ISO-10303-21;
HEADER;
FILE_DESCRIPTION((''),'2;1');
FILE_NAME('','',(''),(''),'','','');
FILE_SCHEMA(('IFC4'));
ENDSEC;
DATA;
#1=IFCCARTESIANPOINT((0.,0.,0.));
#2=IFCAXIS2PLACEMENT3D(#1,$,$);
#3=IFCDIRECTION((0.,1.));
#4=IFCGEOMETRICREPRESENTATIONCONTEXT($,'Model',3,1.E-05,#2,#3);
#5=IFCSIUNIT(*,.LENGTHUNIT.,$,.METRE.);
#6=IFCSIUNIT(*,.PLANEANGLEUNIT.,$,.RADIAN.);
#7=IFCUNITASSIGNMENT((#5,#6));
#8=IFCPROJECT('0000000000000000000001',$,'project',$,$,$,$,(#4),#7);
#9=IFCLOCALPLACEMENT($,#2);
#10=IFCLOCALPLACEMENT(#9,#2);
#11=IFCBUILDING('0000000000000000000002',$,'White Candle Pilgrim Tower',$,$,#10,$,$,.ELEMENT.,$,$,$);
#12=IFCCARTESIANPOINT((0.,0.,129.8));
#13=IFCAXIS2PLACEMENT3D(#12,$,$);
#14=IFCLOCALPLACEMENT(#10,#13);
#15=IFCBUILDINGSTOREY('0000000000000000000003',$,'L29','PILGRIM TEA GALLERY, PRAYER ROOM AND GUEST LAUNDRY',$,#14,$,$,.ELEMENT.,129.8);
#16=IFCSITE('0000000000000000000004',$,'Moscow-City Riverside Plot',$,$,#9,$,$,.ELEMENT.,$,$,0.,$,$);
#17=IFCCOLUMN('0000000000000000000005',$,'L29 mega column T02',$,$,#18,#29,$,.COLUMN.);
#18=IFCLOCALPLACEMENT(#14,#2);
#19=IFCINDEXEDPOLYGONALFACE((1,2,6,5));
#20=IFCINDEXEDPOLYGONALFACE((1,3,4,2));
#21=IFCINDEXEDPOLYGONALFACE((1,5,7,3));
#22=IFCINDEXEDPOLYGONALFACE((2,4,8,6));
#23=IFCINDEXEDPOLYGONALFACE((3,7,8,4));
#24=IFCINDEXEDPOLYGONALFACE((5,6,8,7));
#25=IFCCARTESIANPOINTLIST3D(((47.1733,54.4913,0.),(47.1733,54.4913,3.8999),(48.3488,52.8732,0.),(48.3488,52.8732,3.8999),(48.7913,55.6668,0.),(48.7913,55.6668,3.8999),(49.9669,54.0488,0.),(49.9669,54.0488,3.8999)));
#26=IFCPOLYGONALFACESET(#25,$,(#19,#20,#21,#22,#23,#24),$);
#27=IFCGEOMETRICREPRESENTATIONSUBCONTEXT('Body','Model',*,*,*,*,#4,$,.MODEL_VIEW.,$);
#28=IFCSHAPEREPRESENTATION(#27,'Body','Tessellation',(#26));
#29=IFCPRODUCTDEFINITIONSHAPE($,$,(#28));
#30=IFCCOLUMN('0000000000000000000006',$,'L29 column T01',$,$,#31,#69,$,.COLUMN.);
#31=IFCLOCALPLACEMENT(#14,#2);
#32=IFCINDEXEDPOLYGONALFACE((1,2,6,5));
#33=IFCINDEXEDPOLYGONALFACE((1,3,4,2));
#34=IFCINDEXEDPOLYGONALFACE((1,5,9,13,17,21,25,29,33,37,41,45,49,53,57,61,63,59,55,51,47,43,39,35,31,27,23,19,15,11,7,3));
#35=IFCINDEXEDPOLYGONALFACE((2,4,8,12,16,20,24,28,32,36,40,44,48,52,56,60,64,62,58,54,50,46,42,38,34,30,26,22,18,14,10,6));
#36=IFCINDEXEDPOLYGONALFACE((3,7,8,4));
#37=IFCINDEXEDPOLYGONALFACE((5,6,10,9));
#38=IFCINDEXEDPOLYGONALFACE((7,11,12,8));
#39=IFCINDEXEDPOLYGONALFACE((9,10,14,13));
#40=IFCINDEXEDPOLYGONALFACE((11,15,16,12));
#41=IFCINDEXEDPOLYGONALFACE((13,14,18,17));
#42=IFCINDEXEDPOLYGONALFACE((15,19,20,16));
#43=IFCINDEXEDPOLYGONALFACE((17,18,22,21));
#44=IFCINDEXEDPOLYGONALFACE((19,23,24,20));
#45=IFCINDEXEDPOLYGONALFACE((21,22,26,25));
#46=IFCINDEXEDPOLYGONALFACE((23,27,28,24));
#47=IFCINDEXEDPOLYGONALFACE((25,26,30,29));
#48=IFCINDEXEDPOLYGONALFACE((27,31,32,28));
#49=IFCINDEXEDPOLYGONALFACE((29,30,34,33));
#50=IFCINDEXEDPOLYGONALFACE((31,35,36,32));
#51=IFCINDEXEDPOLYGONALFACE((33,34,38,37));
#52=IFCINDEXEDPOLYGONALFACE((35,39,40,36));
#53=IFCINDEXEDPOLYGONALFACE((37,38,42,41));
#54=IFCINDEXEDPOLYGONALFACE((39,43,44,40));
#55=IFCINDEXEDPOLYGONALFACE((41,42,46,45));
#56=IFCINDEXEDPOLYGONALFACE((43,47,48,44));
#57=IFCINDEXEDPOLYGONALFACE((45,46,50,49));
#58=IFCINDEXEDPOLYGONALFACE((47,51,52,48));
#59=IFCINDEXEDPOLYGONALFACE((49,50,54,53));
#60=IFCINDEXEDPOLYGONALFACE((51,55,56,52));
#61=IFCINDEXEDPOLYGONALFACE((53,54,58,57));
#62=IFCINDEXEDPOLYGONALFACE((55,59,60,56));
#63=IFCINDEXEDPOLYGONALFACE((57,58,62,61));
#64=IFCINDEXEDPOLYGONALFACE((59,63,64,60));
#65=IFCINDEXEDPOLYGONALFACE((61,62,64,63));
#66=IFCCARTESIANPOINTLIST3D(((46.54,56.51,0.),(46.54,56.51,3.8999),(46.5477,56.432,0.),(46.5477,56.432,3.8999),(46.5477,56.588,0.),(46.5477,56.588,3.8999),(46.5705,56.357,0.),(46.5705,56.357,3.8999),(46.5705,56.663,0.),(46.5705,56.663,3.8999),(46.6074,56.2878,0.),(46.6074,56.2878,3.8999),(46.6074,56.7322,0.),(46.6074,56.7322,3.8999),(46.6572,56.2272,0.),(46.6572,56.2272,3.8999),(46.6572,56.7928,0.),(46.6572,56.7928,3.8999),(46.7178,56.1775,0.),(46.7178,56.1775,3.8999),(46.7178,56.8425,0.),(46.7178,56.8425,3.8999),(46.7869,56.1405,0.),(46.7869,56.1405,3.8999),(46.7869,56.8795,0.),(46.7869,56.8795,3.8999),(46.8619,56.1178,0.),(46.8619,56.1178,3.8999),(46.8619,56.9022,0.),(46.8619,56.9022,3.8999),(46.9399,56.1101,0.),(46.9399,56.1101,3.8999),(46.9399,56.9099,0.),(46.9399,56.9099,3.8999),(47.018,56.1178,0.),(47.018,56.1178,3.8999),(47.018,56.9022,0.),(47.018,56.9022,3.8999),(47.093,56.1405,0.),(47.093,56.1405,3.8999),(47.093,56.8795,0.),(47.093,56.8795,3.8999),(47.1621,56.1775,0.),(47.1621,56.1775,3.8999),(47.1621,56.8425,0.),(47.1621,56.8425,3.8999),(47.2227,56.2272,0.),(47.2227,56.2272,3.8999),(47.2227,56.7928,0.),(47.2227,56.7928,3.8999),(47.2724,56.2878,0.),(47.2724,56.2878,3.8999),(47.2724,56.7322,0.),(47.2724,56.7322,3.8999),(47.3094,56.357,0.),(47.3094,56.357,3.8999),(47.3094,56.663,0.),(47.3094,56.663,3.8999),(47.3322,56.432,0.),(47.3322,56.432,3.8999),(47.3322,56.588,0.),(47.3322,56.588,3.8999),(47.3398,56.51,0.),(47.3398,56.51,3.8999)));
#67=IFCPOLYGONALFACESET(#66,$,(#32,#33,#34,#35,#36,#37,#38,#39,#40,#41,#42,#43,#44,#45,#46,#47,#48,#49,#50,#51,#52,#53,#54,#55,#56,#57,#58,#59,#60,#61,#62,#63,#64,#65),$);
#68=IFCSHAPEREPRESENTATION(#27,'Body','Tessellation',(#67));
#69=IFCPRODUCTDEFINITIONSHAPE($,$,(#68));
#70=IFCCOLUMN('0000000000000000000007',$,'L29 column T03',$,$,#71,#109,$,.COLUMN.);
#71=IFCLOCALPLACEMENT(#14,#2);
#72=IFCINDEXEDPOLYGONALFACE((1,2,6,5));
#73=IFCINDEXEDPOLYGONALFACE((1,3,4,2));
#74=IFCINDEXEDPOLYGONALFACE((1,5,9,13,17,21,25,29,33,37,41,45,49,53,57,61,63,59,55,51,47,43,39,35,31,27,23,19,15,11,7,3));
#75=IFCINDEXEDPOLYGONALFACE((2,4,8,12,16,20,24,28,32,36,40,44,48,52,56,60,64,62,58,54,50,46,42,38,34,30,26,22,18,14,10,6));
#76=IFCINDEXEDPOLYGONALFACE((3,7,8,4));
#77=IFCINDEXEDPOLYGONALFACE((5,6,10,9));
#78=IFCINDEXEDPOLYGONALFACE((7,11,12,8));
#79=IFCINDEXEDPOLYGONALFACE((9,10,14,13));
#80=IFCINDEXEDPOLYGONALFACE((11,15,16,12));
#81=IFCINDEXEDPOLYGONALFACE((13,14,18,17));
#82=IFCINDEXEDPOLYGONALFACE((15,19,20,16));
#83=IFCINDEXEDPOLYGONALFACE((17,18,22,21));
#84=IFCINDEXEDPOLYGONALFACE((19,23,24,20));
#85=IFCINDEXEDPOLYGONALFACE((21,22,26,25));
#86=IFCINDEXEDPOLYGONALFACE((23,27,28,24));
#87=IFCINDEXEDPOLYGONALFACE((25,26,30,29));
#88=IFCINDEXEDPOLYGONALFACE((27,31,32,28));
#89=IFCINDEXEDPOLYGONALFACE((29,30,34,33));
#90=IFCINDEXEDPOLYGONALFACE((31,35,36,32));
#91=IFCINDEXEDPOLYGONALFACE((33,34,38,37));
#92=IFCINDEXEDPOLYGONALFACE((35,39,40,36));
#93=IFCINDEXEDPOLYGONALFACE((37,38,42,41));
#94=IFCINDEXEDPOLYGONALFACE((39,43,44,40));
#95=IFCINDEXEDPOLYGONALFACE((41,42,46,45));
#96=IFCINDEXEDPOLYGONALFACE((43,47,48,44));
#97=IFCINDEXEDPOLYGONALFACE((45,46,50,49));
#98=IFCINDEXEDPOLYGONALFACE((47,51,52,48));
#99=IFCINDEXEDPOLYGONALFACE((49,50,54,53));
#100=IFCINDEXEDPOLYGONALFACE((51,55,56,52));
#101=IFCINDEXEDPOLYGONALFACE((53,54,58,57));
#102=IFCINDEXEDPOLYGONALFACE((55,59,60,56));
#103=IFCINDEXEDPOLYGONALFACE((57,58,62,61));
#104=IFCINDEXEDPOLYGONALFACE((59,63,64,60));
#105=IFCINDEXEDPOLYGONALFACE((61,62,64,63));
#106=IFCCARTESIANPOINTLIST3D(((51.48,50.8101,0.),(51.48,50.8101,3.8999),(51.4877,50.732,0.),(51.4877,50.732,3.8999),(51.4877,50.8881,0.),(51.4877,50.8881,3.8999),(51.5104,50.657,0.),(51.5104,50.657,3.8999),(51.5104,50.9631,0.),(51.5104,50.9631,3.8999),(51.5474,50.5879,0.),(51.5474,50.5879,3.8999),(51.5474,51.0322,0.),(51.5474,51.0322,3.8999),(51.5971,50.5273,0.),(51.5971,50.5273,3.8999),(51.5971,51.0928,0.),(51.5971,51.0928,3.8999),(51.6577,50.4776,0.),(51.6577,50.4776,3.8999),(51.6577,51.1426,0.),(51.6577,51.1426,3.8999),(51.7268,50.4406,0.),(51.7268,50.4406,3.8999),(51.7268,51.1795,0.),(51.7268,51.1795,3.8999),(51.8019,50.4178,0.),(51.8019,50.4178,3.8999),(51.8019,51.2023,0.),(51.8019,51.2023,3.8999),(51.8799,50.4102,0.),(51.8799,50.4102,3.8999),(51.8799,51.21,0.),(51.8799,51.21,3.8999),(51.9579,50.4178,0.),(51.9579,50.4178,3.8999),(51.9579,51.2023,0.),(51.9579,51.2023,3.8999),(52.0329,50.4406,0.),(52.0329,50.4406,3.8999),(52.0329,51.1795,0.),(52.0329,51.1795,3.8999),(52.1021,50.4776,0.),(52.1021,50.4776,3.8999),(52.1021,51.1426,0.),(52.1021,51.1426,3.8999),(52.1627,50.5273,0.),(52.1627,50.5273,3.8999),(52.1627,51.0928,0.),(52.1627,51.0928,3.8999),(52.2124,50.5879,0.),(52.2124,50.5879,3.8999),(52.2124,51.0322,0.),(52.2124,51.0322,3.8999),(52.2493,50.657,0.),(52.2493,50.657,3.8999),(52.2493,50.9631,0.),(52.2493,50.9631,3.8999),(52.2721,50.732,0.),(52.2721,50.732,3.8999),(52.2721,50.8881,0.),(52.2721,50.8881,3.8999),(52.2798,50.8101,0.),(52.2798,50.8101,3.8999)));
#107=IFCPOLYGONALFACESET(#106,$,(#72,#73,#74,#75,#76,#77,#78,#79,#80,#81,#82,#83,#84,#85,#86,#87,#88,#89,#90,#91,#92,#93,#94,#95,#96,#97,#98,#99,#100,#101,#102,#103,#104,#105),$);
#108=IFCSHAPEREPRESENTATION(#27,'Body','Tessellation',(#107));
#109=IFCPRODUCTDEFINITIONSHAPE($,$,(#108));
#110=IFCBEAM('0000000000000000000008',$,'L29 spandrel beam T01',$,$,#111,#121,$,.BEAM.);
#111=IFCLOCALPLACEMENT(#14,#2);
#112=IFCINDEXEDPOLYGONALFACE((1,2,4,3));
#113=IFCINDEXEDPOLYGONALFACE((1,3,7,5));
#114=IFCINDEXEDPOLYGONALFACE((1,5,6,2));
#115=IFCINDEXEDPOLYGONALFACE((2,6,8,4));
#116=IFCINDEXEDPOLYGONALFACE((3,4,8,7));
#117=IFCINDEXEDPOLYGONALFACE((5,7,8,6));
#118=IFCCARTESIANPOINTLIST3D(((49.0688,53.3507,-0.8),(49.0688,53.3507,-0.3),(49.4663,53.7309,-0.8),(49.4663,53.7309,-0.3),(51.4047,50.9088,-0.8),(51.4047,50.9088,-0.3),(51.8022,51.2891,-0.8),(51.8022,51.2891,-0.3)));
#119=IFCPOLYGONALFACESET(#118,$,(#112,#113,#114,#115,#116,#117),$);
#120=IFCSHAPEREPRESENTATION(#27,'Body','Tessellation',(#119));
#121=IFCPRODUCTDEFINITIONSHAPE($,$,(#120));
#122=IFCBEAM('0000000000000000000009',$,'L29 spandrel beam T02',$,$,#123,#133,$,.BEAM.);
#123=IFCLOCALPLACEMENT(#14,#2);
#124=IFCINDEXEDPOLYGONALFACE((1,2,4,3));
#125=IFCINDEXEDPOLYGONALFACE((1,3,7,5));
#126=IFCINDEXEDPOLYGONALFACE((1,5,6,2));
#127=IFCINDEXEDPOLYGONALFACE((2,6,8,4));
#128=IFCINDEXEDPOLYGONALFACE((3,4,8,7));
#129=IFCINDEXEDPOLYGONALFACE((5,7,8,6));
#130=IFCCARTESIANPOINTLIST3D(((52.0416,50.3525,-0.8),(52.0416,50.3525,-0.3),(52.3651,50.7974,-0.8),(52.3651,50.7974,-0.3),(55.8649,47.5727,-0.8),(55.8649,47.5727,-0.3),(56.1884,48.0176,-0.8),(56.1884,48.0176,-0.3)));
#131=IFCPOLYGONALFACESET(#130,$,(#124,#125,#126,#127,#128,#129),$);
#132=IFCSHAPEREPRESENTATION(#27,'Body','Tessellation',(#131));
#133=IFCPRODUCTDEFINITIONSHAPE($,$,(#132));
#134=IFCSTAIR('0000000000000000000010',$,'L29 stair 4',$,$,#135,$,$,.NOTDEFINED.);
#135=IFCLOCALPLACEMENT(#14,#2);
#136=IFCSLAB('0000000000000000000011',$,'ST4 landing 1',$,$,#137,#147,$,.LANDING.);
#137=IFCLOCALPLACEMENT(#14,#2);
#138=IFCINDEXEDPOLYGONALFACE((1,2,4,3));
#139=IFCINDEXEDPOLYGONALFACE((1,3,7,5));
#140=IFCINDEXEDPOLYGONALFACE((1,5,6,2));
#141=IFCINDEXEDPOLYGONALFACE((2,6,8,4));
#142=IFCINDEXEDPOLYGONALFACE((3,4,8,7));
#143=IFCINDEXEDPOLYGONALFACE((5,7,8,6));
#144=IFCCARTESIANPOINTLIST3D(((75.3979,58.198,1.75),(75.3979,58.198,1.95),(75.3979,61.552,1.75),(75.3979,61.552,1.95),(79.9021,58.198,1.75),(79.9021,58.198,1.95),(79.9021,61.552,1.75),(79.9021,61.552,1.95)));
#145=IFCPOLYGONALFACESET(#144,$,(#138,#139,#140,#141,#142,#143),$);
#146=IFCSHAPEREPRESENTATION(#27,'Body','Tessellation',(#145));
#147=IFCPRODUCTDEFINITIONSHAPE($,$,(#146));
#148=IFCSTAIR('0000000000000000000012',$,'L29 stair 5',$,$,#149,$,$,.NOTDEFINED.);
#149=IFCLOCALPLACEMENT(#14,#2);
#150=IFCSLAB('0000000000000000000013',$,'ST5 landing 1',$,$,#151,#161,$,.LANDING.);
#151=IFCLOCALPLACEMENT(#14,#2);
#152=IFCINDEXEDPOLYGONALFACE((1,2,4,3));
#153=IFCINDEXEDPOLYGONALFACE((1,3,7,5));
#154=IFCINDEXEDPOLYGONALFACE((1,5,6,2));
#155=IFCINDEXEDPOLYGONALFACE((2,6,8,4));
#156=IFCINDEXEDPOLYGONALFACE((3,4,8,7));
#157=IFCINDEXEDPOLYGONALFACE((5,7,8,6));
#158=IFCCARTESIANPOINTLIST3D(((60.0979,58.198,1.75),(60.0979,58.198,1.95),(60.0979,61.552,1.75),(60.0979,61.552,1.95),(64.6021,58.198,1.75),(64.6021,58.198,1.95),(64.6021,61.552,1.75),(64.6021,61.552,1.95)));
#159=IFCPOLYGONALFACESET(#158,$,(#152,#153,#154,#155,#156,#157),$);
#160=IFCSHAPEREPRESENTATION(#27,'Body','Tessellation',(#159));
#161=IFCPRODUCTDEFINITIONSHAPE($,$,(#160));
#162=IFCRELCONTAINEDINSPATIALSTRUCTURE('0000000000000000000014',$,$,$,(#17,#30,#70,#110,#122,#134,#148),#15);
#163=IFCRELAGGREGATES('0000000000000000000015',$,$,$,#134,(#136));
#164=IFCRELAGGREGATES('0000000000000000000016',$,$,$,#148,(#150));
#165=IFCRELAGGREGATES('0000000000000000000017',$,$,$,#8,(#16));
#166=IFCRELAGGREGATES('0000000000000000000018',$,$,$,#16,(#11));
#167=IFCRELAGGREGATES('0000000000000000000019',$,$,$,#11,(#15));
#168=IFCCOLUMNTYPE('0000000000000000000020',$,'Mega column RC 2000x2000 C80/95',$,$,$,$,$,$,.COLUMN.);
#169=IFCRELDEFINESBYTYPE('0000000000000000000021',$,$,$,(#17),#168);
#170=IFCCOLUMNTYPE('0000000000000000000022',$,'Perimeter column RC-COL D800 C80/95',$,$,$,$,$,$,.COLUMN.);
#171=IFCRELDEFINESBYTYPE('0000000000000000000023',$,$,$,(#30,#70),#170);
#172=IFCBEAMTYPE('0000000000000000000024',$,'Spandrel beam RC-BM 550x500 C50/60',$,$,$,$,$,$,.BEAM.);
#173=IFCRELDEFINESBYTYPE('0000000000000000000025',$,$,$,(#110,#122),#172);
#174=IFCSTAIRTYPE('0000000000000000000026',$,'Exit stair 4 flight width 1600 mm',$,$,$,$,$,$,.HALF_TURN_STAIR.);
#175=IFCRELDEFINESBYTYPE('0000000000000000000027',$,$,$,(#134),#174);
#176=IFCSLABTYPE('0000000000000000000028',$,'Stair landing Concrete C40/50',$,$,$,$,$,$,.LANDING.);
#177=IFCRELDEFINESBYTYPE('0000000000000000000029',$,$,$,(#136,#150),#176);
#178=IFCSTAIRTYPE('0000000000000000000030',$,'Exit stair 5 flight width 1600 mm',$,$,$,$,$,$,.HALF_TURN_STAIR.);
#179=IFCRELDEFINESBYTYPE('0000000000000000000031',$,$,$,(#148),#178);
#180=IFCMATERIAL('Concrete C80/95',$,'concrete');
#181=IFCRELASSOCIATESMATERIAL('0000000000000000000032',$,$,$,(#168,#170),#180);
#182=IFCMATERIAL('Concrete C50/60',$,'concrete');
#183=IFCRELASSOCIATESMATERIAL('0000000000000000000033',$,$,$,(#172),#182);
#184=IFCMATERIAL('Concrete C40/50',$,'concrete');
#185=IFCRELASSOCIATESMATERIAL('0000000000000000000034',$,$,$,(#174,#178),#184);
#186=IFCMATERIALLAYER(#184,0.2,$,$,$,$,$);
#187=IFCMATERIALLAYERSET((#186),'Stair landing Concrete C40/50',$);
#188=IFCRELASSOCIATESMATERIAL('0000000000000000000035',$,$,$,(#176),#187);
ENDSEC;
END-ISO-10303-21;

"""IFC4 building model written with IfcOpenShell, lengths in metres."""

from ifc_helpers import new_model, si_unit, direction, frame, origin, origin_2d, place, context, subcontext, project, spatial, polyline, rectangle, circle, outline, extrude, material, layer, layer_set, material_profile, profile_set, type_object, element, aggregate, save


model = new_model("IFC4")

# Units and contexts
model_context = context("Model", 3, precision=1e-05, world=origin(), true_north=direction((0.0, 1.0)))
body_context = subcontext(model_context, "Body", "Model", "MODEL_VIEW")
ifc_project = project(units=[si_unit("LENGTHUNIT", "METRE"), si_unit("PLANEANGLEUNIT", "RADIAN")], contexts=[model_context])

# Site, building, storey
site_placement = place(None, origin())
site = spatial("IfcSite", under=ifc_project, at=site_placement, Name="Moscow-City Riverside Plot", CompositionType="ELEMENT", RefElevation=0.0)
building_placement = place(site_placement, origin())
building = spatial("IfcBuilding", under=site, at=building_placement, Name="White Candle Pilgrim Tower", CompositionType="ELEMENT")
storey_placement = place(building_placement, frame((0.0, 0.0, 129.8)))
storey = spatial("IfcBuildingStorey", under=building, at=storey_placement, Name="L29", Description="PILGRIM TEA GALLERY, PRAYER ROOM AND GUEST LAUNDRY", CompositionType="ELEMENT", Elevation=129.8)

# Columns
ifc_material_1 = material(Name="Concrete C80/95", Category="concrete")
ifc_material_profile_1 = material_profile(ifc_material_1, rectangle(XDim=2.0, YDim=2.0, at=origin_2d()), Name="RC 2000x2000")
ifc_profile_set_1 = profile_set([ifc_material_profile_1], Name="Concrete C80/95")
column_type_1 = type_object("IfcColumnType", Name="Mega column RC 2000x2000 C80/95", PredefinedType="COLUMN", material=ifc_profile_set_1)
column_placement = place(storey_placement, frame((48.5701, 54.27, 0.0), z_axis=(0.0, 0.0, 1.0), x_axis=(-0.809017, -0.587785, 0.0)))
element("IfcColumn", 1, at=column_placement, inside=storey, type_object=column_type_1, Name="L29 mega column T02", PredefinedType="COLUMN", context=body_context, shape_type="SweptSolid", body=[
    extrude(rectangle(XDim=2.0, YDim=2.0, at=origin_2d()), origin(), (0.0, 0.0, 1.0), 3.8999),
])
ifc_material_profile_2 = material_profile(ifc_material_1, circle(Radius=0.3999, at=origin_2d()), Name="RC-COL D800")
ifc_profile_set_2 = profile_set([ifc_material_profile_2], Name="Concrete C80/95")
column_type_2 = type_object("IfcColumnType", Name="Perimeter column RC-COL D800 C80/95", PredefinedType="COLUMN", material=ifc_profile_set_2)
for number, where, z_axis, x_axis, name in (
    (2, (46.9399, 56.51, 0.0), (0.0, 0.0, 1.0), (1.0, 0.0, 0.0), "L29 column T01"),
    (3, (51.8799, 50.8101, 0.0), (0.0, 0.0, 1.0), (1.0, 0.0, 0.0), "L29 column T03"),
):
    element("IfcColumn", number, at=place(storey_placement, frame(where, z_axis=z_axis, x_axis=x_axis)), inside=storey, type_object=column_type_2, Name=name, PredefinedType="COLUMN", context=body_context, shape_type="SweptSolid", body=[
        extrude(circle(Radius=0.3999, at=origin_2d()), origin(), (0.0, 0.0, 1.0), 3.8999),
    ])

# Beams
ifc_material_2 = material(Name="Concrete C50/60", Category="concrete")
ifc_material_profile_3 = material_profile(ifc_material_2, rectangle(XDim=0.55, YDim=0.5, at=origin_2d()), Name="RC-BM 550x500")
ifc_profile_set_3 = profile_set([ifc_material_profile_3], Name="Concrete C50/60")
beam_type = type_object("IfcBeamType", Name="Spandrel beam RC-BM 550x500 C50/60", PredefinedType="BEAM", material=ifc_profile_set_3)
beam_1_placement = place(storey_placement, frame((49.2676, 53.5408, -0.55), z_axis=(0.691255, -0.72261, 0.0), x_axis=(0.72261, 0.691255, 0.0)))
element("IfcBeam", 4, at=beam_1_placement, inside=storey, type_object=beam_type, Name="L29 spandrel beam T01", PredefinedType="BEAM", context=body_context, shape_type="SweptSolid", body=[
    extrude(rectangle(XDim=0.55, YDim=0.5, at=origin_2d()), origin(), (0.0, 0.0, 1.0), 3.3792),
])
beam_2_placement = place(storey_placement, frame((52.2034, 50.575, -0.55), z_axis=(0.808812, -0.588067, 0.0), x_axis=(0.588067, 0.808812, 0.0)))
element("IfcBeam", 5, at=beam_2_placement, inside=storey, type_object=beam_type, Name="L29 spandrel beam T02", PredefinedType="BEAM", context=body_context, shape_type="SweptSolid", body=[
    extrude(rectangle(XDim=0.55, YDim=0.5, at=origin_2d()), origin(), (0.0, 0.0, 1.0), 4.7271),
])

# Stairs, slabs
ifc_material_3 = material(Name="Concrete C40/50", Category="concrete")
stair_type_1 = type_object("IfcStairType", Name="Exit stair 4 flight width 1600 mm", PredefinedType="HALF_TURN_STAIR", material=ifc_material_3)
stair_1_placement = place(storey_placement, origin())
stair_1 = element("IfcStair", 6, at=stair_1_placement, inside=storey, type_object=stair_type_1, Name="L29 stair 4", PredefinedType="NOTDEFINED")
ifc_layer_1 = layer(ifc_material_3, 0.2)
ifc_layer_set_1 = layer_set([ifc_layer_1], Name="Stair landing Concrete C40/50")
slab_type = type_object("IfcSlabType", Name="Stair landing Concrete C40/50", PredefinedType="LANDING", material=ifc_layer_set_1)
slab_1_placement = place(storey_placement, frame((0.0, 0.0, 1.75)))
slab_1 = element("IfcSlab", 7, at=slab_1_placement, type_object=slab_type, Name="ST4 landing 1", PredefinedType="LANDING", context=body_context, shape_type="SweptSolid", body=[
    extrude(outline(polyline([(79.9021, 61.552), (79.9021, 58.198), (75.3979, 58.198), (75.3979, 61.552), (79.9021, 61.552)])), origin(), (0.0, 0.0, 1.0), 0.2),
])
aggregate(stair_1, [slab_1])
stair_type_2 = type_object("IfcStairType", Name="Exit stair 5 flight width 1600 mm", PredefinedType="HALF_TURN_STAIR", material=ifc_material_3)
stair_2_placement = place(storey_placement, origin())
stair_2 = element("IfcStair", 8, at=stair_2_placement, inside=storey, type_object=stair_type_2, Name="L29 stair 5", PredefinedType="NOTDEFINED")
slab_2_placement = place(storey_placement, frame((0.0, 0.0, 1.75)))
slab_2 = element("IfcSlab", 9, at=slab_2_placement, type_object=slab_type, Name="ST5 landing 1", PredefinedType="LANDING", context=body_context, shape_type="SweptSolid", body=[
    extrude(outline(polyline([(60.0979, 58.198), (60.0979, 61.552), (64.6021, 61.552), (64.6021, 58.198), (60.0979, 58.198)])), origin(), (0.0, 0.0, 1.0), 0.2),
])
aggregate(stair_2, [slab_2])

save(model, "model.ifc")
